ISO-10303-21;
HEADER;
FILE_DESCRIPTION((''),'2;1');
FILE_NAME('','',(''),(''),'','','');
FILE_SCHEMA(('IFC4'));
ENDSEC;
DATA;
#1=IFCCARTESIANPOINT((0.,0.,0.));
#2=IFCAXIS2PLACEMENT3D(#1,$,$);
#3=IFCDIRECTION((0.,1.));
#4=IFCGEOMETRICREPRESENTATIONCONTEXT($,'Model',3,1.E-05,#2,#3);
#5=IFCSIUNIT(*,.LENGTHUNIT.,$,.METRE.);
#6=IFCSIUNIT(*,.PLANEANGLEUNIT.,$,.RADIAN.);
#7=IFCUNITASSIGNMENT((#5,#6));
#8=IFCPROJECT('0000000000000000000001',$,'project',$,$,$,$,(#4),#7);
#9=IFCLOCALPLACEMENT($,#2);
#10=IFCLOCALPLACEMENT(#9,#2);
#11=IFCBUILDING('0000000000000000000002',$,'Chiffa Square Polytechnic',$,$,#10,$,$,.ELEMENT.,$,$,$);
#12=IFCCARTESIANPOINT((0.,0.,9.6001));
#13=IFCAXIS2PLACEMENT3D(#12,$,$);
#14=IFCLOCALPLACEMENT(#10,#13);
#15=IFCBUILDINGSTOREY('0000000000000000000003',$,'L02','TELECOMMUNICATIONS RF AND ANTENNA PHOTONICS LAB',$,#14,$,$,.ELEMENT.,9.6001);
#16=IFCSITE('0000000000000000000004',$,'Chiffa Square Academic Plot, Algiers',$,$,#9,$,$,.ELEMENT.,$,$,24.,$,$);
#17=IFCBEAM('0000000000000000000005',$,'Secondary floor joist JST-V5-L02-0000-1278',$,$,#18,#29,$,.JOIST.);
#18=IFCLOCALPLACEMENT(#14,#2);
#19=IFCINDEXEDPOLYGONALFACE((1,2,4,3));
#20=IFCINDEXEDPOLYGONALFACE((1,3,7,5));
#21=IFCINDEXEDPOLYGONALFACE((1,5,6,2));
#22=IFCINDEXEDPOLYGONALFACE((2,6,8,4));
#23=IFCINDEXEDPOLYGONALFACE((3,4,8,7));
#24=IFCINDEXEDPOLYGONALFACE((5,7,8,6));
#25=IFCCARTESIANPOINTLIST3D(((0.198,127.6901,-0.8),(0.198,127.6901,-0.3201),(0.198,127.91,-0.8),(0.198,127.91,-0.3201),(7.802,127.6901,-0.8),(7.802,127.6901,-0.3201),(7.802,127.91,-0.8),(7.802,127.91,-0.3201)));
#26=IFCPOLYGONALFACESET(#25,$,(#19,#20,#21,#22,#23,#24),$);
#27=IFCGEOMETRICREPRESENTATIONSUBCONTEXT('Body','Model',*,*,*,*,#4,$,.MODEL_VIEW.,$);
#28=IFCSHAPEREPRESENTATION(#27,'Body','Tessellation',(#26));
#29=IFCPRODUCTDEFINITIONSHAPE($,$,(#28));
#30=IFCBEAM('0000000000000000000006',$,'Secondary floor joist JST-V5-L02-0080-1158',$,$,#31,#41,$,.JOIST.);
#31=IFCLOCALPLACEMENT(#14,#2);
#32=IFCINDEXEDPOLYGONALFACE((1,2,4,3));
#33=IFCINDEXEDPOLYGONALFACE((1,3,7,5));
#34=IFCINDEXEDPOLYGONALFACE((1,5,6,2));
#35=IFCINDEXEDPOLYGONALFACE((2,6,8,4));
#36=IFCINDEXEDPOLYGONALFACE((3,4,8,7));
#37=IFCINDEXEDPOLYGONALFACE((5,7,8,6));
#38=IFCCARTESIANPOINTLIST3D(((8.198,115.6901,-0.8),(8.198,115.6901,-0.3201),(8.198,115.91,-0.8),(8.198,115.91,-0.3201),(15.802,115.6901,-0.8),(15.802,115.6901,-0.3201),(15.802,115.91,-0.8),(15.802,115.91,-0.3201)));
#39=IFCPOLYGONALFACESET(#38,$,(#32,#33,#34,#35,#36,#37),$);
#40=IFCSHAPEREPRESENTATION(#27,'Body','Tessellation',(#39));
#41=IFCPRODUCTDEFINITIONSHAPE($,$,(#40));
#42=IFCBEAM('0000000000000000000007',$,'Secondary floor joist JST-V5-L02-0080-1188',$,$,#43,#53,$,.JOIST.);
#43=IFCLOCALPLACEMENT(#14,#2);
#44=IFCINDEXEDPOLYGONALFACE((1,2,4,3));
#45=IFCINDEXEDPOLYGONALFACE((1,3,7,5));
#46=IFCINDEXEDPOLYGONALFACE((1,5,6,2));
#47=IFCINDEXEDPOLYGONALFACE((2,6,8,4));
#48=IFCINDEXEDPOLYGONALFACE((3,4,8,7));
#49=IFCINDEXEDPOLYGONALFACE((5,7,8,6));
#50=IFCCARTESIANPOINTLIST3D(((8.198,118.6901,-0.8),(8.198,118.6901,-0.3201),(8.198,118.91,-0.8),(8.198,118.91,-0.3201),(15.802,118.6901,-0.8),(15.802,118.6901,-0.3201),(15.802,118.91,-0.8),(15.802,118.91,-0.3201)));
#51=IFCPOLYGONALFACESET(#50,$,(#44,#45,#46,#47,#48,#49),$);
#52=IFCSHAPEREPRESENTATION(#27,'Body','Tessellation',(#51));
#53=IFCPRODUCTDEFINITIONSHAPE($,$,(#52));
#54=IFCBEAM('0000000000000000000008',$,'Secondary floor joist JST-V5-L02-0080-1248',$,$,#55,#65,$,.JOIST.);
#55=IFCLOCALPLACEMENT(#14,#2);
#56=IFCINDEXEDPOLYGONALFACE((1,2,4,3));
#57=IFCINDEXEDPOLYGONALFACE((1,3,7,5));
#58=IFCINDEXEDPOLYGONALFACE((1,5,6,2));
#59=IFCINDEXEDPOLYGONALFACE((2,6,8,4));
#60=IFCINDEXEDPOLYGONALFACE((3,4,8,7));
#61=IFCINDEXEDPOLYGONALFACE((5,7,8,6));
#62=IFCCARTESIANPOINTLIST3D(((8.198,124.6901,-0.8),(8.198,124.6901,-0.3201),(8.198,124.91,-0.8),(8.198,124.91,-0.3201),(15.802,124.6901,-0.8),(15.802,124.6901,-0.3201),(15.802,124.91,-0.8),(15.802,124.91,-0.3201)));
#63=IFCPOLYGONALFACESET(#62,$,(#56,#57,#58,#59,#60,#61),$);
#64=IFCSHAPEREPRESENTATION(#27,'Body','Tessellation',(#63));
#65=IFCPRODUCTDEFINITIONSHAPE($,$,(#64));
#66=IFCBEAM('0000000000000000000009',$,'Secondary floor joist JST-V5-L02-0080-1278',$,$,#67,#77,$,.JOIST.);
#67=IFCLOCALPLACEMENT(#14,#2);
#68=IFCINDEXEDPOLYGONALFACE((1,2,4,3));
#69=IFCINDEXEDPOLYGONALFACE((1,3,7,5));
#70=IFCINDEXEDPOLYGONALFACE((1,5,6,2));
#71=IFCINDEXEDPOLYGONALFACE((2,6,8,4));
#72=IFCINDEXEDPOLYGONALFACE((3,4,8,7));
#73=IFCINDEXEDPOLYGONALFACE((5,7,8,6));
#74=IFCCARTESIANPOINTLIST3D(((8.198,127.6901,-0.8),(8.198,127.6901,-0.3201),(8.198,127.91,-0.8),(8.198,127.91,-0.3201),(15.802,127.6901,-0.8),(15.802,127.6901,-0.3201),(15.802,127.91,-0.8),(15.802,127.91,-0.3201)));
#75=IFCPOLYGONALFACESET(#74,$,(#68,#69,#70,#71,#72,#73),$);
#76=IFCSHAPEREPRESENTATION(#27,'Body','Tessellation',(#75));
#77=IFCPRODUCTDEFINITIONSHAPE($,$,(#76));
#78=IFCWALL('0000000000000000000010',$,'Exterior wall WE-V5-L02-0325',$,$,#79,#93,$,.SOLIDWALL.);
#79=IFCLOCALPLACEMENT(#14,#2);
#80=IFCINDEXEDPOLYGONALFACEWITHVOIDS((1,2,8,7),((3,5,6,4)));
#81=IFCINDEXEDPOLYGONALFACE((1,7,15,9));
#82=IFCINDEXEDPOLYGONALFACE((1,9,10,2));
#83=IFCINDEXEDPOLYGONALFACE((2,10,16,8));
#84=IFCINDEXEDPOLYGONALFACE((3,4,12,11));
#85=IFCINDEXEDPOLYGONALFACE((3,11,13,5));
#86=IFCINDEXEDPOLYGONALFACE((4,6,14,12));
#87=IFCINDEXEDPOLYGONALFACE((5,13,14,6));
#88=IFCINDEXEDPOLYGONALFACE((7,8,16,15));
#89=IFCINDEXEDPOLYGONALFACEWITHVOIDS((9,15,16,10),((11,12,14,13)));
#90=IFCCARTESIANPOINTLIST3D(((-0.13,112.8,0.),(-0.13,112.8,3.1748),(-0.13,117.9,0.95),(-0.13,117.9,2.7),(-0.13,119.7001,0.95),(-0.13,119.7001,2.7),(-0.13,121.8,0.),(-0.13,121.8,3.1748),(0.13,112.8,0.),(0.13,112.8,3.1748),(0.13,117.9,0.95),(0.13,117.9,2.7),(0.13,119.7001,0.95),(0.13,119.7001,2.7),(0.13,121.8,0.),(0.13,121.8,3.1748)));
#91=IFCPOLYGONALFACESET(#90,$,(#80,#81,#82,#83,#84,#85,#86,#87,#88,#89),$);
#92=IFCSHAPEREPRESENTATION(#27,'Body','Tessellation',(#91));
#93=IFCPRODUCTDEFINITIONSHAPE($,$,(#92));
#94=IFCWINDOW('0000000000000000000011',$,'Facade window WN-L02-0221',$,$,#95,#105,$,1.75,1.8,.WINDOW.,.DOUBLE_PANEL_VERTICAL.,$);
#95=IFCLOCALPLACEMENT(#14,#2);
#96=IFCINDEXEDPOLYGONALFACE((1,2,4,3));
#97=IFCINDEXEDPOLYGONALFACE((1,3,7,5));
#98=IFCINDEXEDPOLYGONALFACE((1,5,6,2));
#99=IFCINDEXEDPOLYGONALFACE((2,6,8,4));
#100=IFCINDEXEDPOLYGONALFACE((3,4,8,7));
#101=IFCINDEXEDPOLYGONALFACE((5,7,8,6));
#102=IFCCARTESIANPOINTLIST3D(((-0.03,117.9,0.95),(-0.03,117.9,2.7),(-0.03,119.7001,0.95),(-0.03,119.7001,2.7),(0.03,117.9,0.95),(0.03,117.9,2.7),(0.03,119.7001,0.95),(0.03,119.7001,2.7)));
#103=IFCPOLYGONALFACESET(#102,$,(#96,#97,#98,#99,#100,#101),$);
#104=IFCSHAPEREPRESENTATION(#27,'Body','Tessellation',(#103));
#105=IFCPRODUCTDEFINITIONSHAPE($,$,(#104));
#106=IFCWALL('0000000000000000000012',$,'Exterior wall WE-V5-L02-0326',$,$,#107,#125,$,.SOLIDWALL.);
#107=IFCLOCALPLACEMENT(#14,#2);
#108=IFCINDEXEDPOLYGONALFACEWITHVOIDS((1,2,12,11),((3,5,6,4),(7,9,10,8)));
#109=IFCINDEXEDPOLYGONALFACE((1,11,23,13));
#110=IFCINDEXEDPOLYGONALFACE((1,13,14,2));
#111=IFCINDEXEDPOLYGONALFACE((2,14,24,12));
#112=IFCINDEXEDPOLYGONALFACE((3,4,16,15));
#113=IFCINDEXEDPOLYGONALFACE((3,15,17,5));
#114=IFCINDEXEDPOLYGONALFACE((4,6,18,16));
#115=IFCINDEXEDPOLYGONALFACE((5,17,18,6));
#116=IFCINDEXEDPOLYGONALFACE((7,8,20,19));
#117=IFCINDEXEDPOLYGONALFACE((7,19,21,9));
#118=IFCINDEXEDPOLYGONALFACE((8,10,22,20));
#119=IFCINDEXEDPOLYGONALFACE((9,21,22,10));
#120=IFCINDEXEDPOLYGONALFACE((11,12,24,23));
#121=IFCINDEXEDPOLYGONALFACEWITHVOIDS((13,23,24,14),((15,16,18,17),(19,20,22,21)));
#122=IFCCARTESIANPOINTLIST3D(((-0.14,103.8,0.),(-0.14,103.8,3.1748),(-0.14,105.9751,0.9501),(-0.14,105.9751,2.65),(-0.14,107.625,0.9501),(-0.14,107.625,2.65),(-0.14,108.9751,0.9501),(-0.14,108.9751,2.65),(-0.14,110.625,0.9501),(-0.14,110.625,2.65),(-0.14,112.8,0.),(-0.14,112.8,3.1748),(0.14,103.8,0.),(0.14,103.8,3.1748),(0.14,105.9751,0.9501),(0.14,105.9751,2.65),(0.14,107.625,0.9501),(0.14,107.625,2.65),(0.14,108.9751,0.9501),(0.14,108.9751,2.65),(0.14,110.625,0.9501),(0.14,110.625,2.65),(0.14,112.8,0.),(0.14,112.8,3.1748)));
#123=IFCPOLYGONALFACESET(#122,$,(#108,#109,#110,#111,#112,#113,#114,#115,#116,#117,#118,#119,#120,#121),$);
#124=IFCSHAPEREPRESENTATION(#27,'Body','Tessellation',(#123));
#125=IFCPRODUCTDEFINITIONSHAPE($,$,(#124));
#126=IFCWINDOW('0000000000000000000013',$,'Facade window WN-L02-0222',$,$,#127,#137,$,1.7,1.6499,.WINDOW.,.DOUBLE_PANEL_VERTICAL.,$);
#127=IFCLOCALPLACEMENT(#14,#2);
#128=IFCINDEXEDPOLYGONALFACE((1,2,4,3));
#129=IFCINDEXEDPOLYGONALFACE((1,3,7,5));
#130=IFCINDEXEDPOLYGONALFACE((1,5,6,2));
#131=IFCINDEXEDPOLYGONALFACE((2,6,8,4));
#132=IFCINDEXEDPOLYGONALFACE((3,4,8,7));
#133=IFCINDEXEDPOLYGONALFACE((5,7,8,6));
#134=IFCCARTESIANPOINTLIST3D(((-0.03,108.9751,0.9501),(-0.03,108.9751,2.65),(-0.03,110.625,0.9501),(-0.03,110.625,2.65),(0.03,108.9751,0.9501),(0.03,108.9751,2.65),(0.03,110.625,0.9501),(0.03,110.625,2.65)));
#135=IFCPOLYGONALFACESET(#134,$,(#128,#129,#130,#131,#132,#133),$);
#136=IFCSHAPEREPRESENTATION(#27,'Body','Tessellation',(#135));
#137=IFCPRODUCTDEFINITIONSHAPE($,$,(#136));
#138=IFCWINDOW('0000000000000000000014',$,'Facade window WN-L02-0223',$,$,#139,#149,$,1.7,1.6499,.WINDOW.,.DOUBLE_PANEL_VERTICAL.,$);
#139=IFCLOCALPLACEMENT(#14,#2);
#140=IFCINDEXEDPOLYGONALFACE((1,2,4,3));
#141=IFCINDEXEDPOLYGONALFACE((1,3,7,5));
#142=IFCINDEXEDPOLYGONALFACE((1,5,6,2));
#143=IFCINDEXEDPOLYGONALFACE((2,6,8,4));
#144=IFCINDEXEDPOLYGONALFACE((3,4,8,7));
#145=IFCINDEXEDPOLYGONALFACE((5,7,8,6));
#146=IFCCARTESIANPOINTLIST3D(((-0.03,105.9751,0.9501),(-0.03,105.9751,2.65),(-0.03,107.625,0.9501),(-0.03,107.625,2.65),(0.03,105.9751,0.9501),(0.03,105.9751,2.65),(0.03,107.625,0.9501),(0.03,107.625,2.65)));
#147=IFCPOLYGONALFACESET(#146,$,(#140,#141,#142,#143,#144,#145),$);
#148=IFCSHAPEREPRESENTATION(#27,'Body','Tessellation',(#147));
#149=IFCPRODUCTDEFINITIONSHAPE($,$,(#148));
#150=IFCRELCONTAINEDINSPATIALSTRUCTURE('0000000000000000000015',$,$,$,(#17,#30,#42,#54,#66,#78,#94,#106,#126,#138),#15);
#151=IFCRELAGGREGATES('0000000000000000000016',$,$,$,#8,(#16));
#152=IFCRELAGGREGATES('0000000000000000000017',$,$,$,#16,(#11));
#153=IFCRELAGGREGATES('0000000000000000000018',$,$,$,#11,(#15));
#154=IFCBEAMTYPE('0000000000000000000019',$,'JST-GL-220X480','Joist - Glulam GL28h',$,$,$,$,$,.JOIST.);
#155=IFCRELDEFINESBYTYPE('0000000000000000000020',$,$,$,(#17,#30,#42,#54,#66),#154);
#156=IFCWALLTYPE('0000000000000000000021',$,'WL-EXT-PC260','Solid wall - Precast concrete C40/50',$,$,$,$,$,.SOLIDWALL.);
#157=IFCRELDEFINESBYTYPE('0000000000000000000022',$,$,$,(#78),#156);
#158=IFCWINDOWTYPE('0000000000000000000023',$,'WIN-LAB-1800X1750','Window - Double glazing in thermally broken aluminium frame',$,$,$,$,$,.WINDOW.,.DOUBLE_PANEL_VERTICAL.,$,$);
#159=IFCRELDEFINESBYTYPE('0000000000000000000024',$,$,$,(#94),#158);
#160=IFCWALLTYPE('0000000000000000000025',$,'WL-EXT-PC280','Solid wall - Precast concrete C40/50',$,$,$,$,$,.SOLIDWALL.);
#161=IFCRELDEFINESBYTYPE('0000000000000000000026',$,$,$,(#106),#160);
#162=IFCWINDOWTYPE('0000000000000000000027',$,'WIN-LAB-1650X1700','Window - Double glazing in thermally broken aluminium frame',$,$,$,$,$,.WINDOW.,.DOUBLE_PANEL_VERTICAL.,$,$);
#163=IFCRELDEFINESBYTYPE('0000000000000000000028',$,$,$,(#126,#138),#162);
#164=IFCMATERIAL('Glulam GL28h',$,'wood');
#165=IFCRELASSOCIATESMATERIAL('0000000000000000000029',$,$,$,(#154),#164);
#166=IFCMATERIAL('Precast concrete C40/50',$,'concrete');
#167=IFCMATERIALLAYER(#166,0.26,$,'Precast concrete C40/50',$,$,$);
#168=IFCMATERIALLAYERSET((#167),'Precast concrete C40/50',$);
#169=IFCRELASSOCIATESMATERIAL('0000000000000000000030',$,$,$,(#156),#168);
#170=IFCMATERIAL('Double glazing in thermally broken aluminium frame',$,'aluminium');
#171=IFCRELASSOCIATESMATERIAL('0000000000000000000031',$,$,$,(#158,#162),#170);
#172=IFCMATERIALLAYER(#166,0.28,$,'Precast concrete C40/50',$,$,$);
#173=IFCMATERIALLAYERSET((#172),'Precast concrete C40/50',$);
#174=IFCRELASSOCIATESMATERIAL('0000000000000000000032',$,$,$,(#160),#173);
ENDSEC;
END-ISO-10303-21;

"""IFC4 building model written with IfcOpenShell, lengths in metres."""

from ifc_helpers import new_model, si_unit, direction, frame, frame_2d, origin, origin_2d, place, context, subcontext, project, spatial, rectangle, extrude, material, layer, layer_set, material_profile, profile_set, type_object, element, fill, save


model = new_model("IFC4")

# Units and contexts
model_context = context("Model", 3, precision=1e-05, world=origin(), true_north=direction((0.0, 1.0)))
body_context = subcontext(model_context, "Body", "Model", "MODEL_VIEW")
ifc_project = project(units=[si_unit("LENGTHUNIT", "METRE"), si_unit("PLANEANGLEUNIT", "RADIAN")], contexts=[model_context])

# Site, building, storey
site_placement = place(None, origin())
site = spatial("IfcSite", under=ifc_project, at=site_placement, Name="Chiffa Square Academic Plot, Algiers", CompositionType="ELEMENT", RefElevation=24.0)
building_placement = place(site_placement, origin())
building = spatial("IfcBuilding", under=site, at=building_placement, Name="Chiffa Square Polytechnic", CompositionType="ELEMENT")
storey_placement = place(building_placement, frame((0.0, 0.0, 9.6001)))
storey = spatial("IfcBuildingStorey", under=building, at=storey_placement, Name="L02", Description="TELECOMMUNICATIONS RF AND ANTENNA PHOTONICS LAB", CompositionType="ELEMENT", Elevation=9.6001)

# Beams
ifc_material_1 = material(Name="Glulam GL28h", Category="wood")
ifc_material_profile_1 = material_profile(ifc_material_1, rectangle(XDim=0.22, YDim=0.48, at=origin_2d()), Name="GL28h 220x480")
ifc_profile_set_1 = profile_set([ifc_material_profile_1], Name="Glulam GL28h")
beam_type_1 = type_object("IfcBeamType", Name="JST-GL-220X480", Description="Joist - Glulam GL28h", PredefinedType="JOIST", material=ifc_profile_set_1)
for number, where, z_axis, x_axis, name in (
    (1, (0.198, 127.8, -0.5601), (1.0, 0.0, 0.0), (0.0, 1.0, 0.0), "Secondary floor joist JST-V5-L02-0000-1278"),
    (2, (8.198, 115.8, -0.5601), (1.0, 0.0, 0.0), (0.0, 1.0, 0.0), "Secondary floor joist JST-V5-L02-0080-1158"),
    (3, (8.198, 118.8, -0.5601), (1.0, 0.0, 0.0), (0.0, 1.0, 0.0), "Secondary floor joist JST-V5-L02-0080-1188"),
    (4, (8.198, 124.8, -0.5601), (1.0, 0.0, 0.0), (0.0, 1.0, 0.0), "Secondary floor joist JST-V5-L02-0080-1248"),
    (5, (8.198, 127.8, -0.5601), (1.0, 0.0, 0.0), (0.0, 1.0, 0.0), "Secondary floor joist JST-V5-L02-0080-1278"),
):
    element("IfcBeam", number, at=place(storey_placement, frame(where, z_axis=z_axis, x_axis=x_axis)), inside=storey, type_object=beam_type_1, Name=name, PredefinedType="JOIST", context=body_context, shape_type="SweptSolid", body=[
        extrude(rectangle(XDim=0.22, YDim=0.48, at=origin_2d()), origin(), (0.0, 0.0, 1.0), 7.604),
    ])

# Wall, opening, window
ifc_material_2 = material(Name="Precast concrete C40/50", Category="concrete")
ifc_layer_1 = layer(ifc_material_2, 0.26, Name="Precast concrete C40/50")
ifc_layer_set_1 = layer_set([ifc_layer_1], Name="Precast concrete C40/50")
wall_type_1 = type_object("IfcWallType", Name="WL-EXT-PC260", Description="Solid wall - Precast concrete C40/50", PredefinedType="SOLIDWALL", material=ifc_layer_set_1)
wall_1_placement = place(storey_placement, frame((0.0, 121.8, 0.0), z_axis=(0.0, 0.0, 1.0), x_axis=(0.0, -1.0, 0.0)))
wall_1 = element("IfcWall", 6, at=wall_1_placement, inside=storey, type_object=wall_type_1, Name="Exterior wall WE-V5-L02-0325", PredefinedType="SOLIDWALL", context=body_context, shape_type="SweptSolid", body=[
    extrude(rectangle(XDim=9.0, YDim=0.26, at=frame_2d((4.5, 0.0))), origin(), (0.0, 0.0, 1.0), 3.1748),
])
opening_1_placement = place(wall_1_placement, frame((2.1001, 0.0, 0.95)))
opening_1 = element("IfcOpeningElement", 7, at=opening_1_placement, cuts=wall_1, PredefinedType="OPENING", context=body_context, shape_type="SweptSolid", body=[
    extrude(rectangle(XDim=1.8, YDim=1.75, at=frame_2d((0.8999, 0.875))), frame((0.0, 0.1401, 0.0), z_axis=(0.0, -1.0, 0.0), x_axis=(1.0, 0.0, 0.0)), (0.0, 0.0, 1.0), 0.28),
])
ifc_material_3 = material(Name="Double glazing in thermally broken aluminium frame", Category="aluminium")
window_type_1 = type_object("IfcWindowType", Name="WIN-LAB-1800X1750", Description="Window - Double glazing in thermally broken aluminium frame", PartitioningType="DOUBLE_PANEL_VERTICAL", PredefinedType="WINDOW", material=ifc_material_3)
window_1_placement = place(opening_1_placement, origin())
window_1 = element("IfcWindow", 8, at=window_1_placement, inside=storey, type_object=window_type_1, Name="Facade window WN-L02-0221", OverallHeight=1.75, OverallWidth=1.8, PartitioningType="DOUBLE_PANEL_VERTICAL", PredefinedType="WINDOW", context=body_context, shape_type="SweptSolid", body=[
    extrude(rectangle(XDim=1.8, YDim=1.75, at=frame_2d((0.8999, 0.875))), frame((0.0, 0.03, 0.0), z_axis=(0.0, -1.0, 0.0), x_axis=(1.0, 0.0, 0.0)), (0.0, 0.0, 1.0), 0.0601),
])
fill(opening_1, window_1)

# Wall, openings, windows
ifc_layer_2 = layer(ifc_material_2, 0.28, Name="Precast concrete C40/50")
ifc_layer_set_2 = layer_set([ifc_layer_2], Name="Precast concrete C40/50")
wall_type_2 = type_object("IfcWallType", Name="WL-EXT-PC280", Description="Solid wall - Precast concrete C40/50", PredefinedType="SOLIDWALL", material=ifc_layer_set_2)
wall_2_placement = place(storey_placement, frame((0.0, 112.8, 0.0), z_axis=(0.0, 0.0, 1.0), x_axis=(0.0, -1.0, 0.0)))
wall_2 = element("IfcWall", 9, at=wall_2_placement, inside=storey, type_object=wall_type_2, Name="Exterior wall WE-V5-L02-0326", PredefinedType="SOLIDWALL", context=body_context, shape_type="SweptSolid", body=[
    extrude(rectangle(XDim=9.0, YDim=0.28, at=frame_2d((4.5, 0.0))), origin(), (0.0, 0.0, 1.0), 3.1748),
])
opening_2_placement = place(wall_2_placement, frame((2.175, 0.0, 0.95)))
opening_2 = element("IfcOpeningElement", 10, at=opening_2_placement, cuts=wall_2, PredefinedType="OPENING", context=body_context, shape_type="SweptSolid", body=[
    extrude(rectangle(XDim=1.6499, YDim=1.7, at=frame_2d((0.825, 0.8501))), frame((0.0, 0.1499, 0.0), z_axis=(0.0, -1.0, 0.0), x_axis=(1.0, 0.0, 0.0)), (0.0, 0.0, 1.0), 0.3),
])
opening_3_placement = place(wall_2_placement, frame((5.175, 0.0, 0.95)))
opening_3 = element("IfcOpeningElement", 11, at=opening_3_placement, cuts=wall_2, PredefinedType="OPENING", context=body_context, shape_type="SweptSolid", body=[
    extrude(rectangle(XDim=1.6499, YDim=1.7, at=frame_2d((0.825, 0.8501))), frame((0.0, 0.1499, 0.0), z_axis=(0.0, -1.0, 0.0), x_axis=(1.0, 0.0, 0.0)), (0.0, 0.0, 1.0), 0.3),
])
window_type_2 = type_object("IfcWindowType", Name="WIN-LAB-1650X1700", Description="Window - Double glazing in thermally broken aluminium frame", PartitioningType="DOUBLE_PANEL_VERTICAL", PredefinedType="WINDOW", material=ifc_material_3)
window_2_placement = place(opening_2_placement, origin())
window_2 = element("IfcWindow", 12, at=window_2_placement, inside=storey, type_object=window_type_2, Name="Facade window WN-L02-0222", OverallHeight=1.7, OverallWidth=1.6499, PartitioningType="DOUBLE_PANEL_VERTICAL", PredefinedType="WINDOW", context=body_context, shape_type="SweptSolid", body=[
    extrude(rectangle(XDim=1.6499, YDim=1.7, at=frame_2d((0.825, 0.8501))), frame((0.0, 0.03, 0.0), z_axis=(0.0, -1.0, 0.0), x_axis=(1.0, 0.0, 0.0)), (0.0, 0.0, 1.0), 0.0601),
])
fill(opening_2, window_2)
window_3_placement = place(opening_3_placement, origin())
window_3 = element("IfcWindow", 13, at=window_3_placement, inside=storey, type_object=window_type_2, Name="Facade window WN-L02-0223", OverallHeight=1.7, OverallWidth=1.6499, PartitioningType="DOUBLE_PANEL_VERTICAL", PredefinedType="WINDOW", context=body_context, shape_type="SweptSolid", body=[
    extrude(rectangle(XDim=1.6499, YDim=1.7, at=frame_2d((0.825, 0.8501))), frame((0.0, 0.03, 0.0), z_axis=(0.0, -1.0, 0.0), x_axis=(1.0, 0.0, 0.0)), (0.0, 0.0, 1.0), 0.0601),
])
fill(opening_3, window_3)

save(model, "model.ifc")
